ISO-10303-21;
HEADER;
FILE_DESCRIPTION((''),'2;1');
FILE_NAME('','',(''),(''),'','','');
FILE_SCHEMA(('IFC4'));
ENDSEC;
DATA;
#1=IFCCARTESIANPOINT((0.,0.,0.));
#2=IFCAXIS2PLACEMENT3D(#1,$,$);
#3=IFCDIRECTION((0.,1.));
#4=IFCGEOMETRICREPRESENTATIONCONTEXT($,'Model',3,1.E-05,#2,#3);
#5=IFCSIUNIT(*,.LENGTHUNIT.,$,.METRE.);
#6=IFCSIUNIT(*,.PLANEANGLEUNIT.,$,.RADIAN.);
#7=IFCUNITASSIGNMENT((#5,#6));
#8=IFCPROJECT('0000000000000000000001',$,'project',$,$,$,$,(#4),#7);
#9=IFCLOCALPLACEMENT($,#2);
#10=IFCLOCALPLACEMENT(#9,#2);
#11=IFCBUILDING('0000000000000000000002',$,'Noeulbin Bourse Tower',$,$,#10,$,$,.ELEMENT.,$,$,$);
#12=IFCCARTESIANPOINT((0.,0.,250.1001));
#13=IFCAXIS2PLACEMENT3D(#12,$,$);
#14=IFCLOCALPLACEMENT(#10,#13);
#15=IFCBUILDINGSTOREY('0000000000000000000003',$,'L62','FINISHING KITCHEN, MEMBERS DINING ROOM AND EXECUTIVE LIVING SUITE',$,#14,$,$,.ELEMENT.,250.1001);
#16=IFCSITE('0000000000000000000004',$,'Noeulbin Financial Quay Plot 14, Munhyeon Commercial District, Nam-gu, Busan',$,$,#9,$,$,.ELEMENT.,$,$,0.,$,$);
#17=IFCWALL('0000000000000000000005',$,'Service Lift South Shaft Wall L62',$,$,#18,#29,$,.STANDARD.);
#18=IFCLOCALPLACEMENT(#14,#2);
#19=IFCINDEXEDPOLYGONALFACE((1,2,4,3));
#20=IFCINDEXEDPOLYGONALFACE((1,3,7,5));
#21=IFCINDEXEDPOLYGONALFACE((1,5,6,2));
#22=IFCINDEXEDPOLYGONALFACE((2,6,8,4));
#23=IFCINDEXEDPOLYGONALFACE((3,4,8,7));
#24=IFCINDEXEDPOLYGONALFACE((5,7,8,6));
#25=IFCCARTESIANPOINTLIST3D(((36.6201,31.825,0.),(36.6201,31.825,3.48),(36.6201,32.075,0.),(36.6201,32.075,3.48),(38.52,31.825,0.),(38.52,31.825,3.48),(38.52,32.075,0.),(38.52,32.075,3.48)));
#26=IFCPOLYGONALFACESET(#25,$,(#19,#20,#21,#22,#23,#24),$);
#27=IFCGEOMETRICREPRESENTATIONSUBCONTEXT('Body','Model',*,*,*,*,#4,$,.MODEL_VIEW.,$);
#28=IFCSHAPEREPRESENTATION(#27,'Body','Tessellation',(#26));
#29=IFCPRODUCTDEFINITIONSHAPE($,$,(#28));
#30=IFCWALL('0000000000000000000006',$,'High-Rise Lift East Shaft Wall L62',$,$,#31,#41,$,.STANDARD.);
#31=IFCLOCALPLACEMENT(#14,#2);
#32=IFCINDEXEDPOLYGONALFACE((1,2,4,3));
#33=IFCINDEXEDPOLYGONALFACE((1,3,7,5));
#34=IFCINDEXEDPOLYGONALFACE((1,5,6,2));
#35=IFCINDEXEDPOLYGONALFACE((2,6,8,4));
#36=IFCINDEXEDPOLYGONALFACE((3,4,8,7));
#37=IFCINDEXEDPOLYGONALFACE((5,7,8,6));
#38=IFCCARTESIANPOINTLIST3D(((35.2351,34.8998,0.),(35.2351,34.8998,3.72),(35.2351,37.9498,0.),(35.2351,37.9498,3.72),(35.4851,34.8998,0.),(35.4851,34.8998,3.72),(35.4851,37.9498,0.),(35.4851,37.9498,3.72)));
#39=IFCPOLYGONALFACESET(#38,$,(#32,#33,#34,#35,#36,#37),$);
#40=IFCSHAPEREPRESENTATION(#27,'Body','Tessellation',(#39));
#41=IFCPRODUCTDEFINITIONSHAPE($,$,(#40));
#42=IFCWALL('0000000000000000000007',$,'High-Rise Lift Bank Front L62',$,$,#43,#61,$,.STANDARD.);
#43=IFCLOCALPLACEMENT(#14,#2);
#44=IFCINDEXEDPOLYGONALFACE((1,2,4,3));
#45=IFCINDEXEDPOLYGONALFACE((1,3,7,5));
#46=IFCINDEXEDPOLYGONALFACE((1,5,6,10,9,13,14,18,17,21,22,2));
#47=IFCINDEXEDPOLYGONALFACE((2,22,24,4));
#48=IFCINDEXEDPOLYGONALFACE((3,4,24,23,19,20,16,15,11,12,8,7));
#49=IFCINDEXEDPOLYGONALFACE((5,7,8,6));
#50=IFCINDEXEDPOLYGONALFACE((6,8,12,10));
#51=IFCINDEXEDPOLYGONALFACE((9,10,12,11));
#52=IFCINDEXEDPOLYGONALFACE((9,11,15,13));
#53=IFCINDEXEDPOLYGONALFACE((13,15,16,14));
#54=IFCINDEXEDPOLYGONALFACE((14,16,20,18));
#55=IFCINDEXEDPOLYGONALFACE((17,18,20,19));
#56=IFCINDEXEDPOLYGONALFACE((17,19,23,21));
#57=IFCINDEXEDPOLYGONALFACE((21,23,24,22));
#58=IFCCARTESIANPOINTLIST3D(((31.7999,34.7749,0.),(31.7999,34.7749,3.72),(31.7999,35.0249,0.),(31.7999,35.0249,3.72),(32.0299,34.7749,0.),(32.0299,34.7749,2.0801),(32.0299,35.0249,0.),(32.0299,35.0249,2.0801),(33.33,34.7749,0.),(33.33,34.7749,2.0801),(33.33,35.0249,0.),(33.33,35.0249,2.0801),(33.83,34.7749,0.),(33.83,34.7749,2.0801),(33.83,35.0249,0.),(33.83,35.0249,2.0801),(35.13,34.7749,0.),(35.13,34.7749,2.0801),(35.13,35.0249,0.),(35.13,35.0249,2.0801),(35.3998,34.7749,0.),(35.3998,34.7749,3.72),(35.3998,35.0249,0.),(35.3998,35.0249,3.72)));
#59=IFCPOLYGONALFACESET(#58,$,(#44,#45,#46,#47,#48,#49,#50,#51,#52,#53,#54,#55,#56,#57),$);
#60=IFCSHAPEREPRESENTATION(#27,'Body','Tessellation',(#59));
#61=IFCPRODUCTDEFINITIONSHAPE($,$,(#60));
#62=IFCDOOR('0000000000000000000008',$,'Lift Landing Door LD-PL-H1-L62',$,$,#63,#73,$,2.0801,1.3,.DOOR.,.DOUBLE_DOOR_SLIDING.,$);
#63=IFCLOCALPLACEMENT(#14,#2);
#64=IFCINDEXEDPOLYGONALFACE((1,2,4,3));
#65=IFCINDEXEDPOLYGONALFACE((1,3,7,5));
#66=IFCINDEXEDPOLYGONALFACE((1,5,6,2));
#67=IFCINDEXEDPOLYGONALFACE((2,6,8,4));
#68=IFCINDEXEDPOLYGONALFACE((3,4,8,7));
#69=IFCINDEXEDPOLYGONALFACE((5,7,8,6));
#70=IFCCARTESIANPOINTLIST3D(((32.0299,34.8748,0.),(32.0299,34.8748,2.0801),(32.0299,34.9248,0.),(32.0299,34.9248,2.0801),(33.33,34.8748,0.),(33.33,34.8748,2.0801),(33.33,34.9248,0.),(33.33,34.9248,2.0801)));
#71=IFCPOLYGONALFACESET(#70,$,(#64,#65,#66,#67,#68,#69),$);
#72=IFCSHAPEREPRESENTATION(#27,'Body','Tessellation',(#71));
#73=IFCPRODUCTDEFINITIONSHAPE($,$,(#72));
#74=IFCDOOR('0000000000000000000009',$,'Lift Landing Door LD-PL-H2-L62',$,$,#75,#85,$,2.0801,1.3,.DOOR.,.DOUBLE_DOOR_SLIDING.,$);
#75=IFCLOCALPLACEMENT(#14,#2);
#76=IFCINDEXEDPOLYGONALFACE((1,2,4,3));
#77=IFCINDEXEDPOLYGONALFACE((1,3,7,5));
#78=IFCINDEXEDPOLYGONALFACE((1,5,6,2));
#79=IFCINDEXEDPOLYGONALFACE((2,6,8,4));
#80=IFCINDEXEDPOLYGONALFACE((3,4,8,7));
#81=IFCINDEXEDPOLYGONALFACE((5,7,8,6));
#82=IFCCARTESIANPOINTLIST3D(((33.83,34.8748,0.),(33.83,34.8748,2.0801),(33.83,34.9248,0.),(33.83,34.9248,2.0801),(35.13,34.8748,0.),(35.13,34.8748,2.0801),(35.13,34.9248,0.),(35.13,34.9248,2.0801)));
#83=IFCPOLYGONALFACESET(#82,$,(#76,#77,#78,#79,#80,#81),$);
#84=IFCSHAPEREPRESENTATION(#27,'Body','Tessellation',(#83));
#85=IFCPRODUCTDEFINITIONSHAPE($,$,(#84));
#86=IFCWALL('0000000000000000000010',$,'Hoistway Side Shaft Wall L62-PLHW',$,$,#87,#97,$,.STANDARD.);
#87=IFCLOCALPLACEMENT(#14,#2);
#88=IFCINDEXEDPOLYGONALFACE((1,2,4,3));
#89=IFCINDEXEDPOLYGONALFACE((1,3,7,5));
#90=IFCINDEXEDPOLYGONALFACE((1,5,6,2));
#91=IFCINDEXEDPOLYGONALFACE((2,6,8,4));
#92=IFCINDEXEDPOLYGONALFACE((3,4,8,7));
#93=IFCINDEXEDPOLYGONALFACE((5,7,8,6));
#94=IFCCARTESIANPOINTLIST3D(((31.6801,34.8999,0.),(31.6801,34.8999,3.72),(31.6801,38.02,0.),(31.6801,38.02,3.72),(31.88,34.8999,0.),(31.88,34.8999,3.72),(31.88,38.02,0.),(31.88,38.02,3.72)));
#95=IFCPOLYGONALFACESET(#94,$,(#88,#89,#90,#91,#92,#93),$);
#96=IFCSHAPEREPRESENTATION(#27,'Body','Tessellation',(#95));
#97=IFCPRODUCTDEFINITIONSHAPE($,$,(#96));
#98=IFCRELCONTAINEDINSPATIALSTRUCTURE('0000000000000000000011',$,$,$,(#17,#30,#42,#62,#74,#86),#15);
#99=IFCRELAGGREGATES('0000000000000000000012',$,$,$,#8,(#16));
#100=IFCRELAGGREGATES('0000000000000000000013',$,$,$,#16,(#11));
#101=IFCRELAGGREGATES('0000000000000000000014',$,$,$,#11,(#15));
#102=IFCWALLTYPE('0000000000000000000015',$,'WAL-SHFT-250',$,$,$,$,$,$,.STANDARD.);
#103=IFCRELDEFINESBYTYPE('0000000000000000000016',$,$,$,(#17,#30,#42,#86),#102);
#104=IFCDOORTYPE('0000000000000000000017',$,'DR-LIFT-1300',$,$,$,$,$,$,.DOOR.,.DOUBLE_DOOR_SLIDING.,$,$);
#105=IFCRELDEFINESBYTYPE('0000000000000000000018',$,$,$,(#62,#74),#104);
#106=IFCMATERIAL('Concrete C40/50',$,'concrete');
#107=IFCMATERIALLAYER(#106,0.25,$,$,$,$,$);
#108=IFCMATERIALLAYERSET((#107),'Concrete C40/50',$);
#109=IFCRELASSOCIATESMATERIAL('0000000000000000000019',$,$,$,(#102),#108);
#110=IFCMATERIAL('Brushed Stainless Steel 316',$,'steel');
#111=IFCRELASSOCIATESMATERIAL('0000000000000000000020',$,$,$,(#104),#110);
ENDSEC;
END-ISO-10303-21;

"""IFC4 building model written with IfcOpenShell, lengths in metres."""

from ifc_helpers import new_model, si_unit, direction, frame, frame_2d, origin, place, context, subcontext, project, spatial, rectangle, extrude, material, layer, layer_set, type_object, element, fill, save


model = new_model("IFC4")

# Units and contexts
model_context = context("Model", 3, precision=1e-05, world=origin(), true_north=direction((0.0, 1.0)))
body_context = subcontext(model_context, "Body", "Model", "MODEL_VIEW")
ifc_project = project(units=[si_unit("LENGTHUNIT", "METRE"), si_unit("PLANEANGLEUNIT", "RADIAN")], contexts=[model_context])

# Site, building, storey
site_placement = place(None, origin())
site = spatial("IfcSite", under=ifc_project, at=site_placement, Name="Noeulbin Financial Quay Plot 14, Munhyeon Commercial District, Nam-gu, Busan", CompositionType="ELEMENT", RefElevation=0.0)
building_placement = place(site_placement, origin())
building = spatial("IfcBuilding", under=site, at=building_placement, Name="Noeulbin Bourse Tower", CompositionType="ELEMENT")
storey_placement = place(building_placement, frame((0.0, 0.0, 250.1001)))
storey = spatial("IfcBuildingStorey", under=building, at=storey_placement, Name="L62", Description="FINISHING KITCHEN, MEMBERS DINING ROOM AND EXECUTIVE LIVING SUITE", CompositionType="ELEMENT", Elevation=250.1001)

# Walls
ifc_material_1 = material(Name="Concrete C40/50", Category="concrete")
ifc_layer_1 = layer(ifc_material_1, 0.25)
ifc_layer_set_1 = layer_set([ifc_layer_1], Name="Concrete C40/50")
wall_type = type_object("IfcWallType", Name="WAL-SHFT-250", PredefinedType="STANDARD", material=ifc_layer_set_1)
wall_1_placement = place(storey_placement, frame((36.6201, 31.95, 0.0), z_axis=(0.0, 0.0, 1.0), x_axis=(1.0, 0.0, 0.0)))
element("IfcWall", 1, at=wall_1_placement, inside=storey, type_object=wall_type, Name="Service Lift South Shaft Wall L62", PredefinedType="STANDARD", context=body_context, shape_type="SweptSolid", body=[
    extrude(rectangle(XDim=1.8999, YDim=0.25, at=frame_2d((0.95, 0.0))), origin(), (0.0, 0.0, 1.0), 3.48),
])
wall_2_placement = place(storey_placement, frame((35.3601, 34.8999, 0.0), z_axis=(0.0, 0.0, 1.0), x_axis=(0.0, 1.0, 0.0)))
element("IfcWall", 2, at=wall_2_placement, inside=storey, type_object=wall_type, Name="High-Rise Lift East Shaft Wall L62", PredefinedType="STANDARD", context=body_context, shape_type="SweptSolid", body=[
    extrude(rectangle(XDim=3.05, YDim=0.25, at=frame_2d((1.5249, 0.0))), origin(), (0.0, 0.0, 1.0), 3.72),
])

# Wall, openings, doors
wall_3_placement = place(storey_placement, frame((31.8, 34.8999, 0.0), z_axis=(0.0, 0.0, 1.0), x_axis=(1.0, 0.0, 0.0)))
wall_3 = element("IfcWall", 3, at=wall_3_placement, inside=storey, type_object=wall_type, Name="High-Rise Lift Bank Front L62", PredefinedType="STANDARD", context=body_context, shape_type="SweptSolid", body=[
    extrude(rectangle(XDim=3.5999, YDim=0.25, at=frame_2d((1.7998, 0.0))), origin(), (0.0, 0.0, 1.0), 3.72),
])
opening_1_placement = place(wall_3_placement, frame((0.23, 0.0, 0.0)))
opening_1 = element("IfcOpeningElement", 4, at=opening_1_placement, cuts=wall_3, PredefinedType="OPENING", context=body_context, shape_type="SweptSolid", body=[
    extrude(rectangle(XDim=1.3, YDim=2.0801, at=frame_2d((0.6499, 1.04))), frame((0.0, 0.135, 0.0), z_axis=(0.0, -1.0, 0.0), x_axis=(1.0, 0.0, 0.0)), (0.0, 0.0, 1.0), 0.27),
])
opening_2_placement = place(wall_3_placement, frame((2.03, 0.0, 0.0)))
opening_2 = element("IfcOpeningElement", 5, at=opening_2_placement, cuts=wall_3, PredefinedType="OPENING", context=body_context, shape_type="SweptSolid", body=[
    extrude(rectangle(XDim=1.3, YDim=2.0801, at=frame_2d((0.6499, 1.04))), frame((0.0, 0.135, 0.0), z_axis=(0.0, -1.0, 0.0), x_axis=(1.0, 0.0, 0.0)), (0.0, 0.0, 1.0), 0.27),
])
ifc_material_2 = material(Name="Brushed Stainless Steel 316", Category="steel")
door_type = type_object("IfcDoorType", Name="DR-LIFT-1300", OperationType="DOUBLE_DOOR_SLIDING", PredefinedType="DOOR", material=ifc_material_2)
door_1_placement = place(opening_1_placement, origin())
door_1 = element("IfcDoor", 6, at=door_1_placement, inside=storey, type_object=door_type, Name="Lift Landing Door LD-PL-H1-L62", OperationType="DOUBLE_DOOR_SLIDING", OverallHeight=2.0801, OverallWidth=1.3, PredefinedType="DOOR", context=body_context, shape_type="SweptSolid", body=[
    extrude(rectangle(XDim=1.3, YDim=2.0801, at=frame_2d((0.6499, 1.04))), frame((0.0, 0.0249, 0.0), z_axis=(0.0, -1.0, 0.0), x_axis=(1.0, 0.0, 0.0)), (0.0, 0.0, 1.0), 0.05),
])
fill(opening_1, door_1)
door_2_placement = place(opening_2_placement, origin())
door_2 = element("IfcDoor", 7, at=door_2_placement, inside=storey, type_object=door_type, Name="Lift Landing Door LD-PL-H2-L62", OperationType="DOUBLE_DOOR_SLIDING", OverallHeight=2.0801, OverallWidth=1.3, PredefinedType="DOOR", context=body_context, shape_type="SweptSolid", body=[
    extrude(rectangle(XDim=1.3, YDim=2.0801, at=frame_2d((0.6499, 1.04))), frame((0.0, 0.0249, 0.0), z_axis=(0.0, -1.0, 0.0), x_axis=(1.0, 0.0, 0.0)), (0.0, 0.0, 1.0), 0.05),
])
fill(opening_2, door_2)

# Wall
wall_4_placement = place(storey_placement, frame((31.78, 34.8999, 0.0), z_axis=(0.0, 0.0, 1.0), x_axis=(0.0, 1.0, 0.0)))
element("IfcWall", 8, at=wall_4_placement, inside=storey, type_object=wall_type, Name="Hoistway Side Shaft Wall L62-PLHW", PredefinedType="STANDARD", context=body_context, shape_type="SweptSolid", body=[
    extrude(rectangle(XDim=3.1201, YDim=0.2, at=frame_2d((1.5601, 0.0))), origin(), (0.0, 0.0, 1.0), 3.72),
])

save(model, "model.ifc")
